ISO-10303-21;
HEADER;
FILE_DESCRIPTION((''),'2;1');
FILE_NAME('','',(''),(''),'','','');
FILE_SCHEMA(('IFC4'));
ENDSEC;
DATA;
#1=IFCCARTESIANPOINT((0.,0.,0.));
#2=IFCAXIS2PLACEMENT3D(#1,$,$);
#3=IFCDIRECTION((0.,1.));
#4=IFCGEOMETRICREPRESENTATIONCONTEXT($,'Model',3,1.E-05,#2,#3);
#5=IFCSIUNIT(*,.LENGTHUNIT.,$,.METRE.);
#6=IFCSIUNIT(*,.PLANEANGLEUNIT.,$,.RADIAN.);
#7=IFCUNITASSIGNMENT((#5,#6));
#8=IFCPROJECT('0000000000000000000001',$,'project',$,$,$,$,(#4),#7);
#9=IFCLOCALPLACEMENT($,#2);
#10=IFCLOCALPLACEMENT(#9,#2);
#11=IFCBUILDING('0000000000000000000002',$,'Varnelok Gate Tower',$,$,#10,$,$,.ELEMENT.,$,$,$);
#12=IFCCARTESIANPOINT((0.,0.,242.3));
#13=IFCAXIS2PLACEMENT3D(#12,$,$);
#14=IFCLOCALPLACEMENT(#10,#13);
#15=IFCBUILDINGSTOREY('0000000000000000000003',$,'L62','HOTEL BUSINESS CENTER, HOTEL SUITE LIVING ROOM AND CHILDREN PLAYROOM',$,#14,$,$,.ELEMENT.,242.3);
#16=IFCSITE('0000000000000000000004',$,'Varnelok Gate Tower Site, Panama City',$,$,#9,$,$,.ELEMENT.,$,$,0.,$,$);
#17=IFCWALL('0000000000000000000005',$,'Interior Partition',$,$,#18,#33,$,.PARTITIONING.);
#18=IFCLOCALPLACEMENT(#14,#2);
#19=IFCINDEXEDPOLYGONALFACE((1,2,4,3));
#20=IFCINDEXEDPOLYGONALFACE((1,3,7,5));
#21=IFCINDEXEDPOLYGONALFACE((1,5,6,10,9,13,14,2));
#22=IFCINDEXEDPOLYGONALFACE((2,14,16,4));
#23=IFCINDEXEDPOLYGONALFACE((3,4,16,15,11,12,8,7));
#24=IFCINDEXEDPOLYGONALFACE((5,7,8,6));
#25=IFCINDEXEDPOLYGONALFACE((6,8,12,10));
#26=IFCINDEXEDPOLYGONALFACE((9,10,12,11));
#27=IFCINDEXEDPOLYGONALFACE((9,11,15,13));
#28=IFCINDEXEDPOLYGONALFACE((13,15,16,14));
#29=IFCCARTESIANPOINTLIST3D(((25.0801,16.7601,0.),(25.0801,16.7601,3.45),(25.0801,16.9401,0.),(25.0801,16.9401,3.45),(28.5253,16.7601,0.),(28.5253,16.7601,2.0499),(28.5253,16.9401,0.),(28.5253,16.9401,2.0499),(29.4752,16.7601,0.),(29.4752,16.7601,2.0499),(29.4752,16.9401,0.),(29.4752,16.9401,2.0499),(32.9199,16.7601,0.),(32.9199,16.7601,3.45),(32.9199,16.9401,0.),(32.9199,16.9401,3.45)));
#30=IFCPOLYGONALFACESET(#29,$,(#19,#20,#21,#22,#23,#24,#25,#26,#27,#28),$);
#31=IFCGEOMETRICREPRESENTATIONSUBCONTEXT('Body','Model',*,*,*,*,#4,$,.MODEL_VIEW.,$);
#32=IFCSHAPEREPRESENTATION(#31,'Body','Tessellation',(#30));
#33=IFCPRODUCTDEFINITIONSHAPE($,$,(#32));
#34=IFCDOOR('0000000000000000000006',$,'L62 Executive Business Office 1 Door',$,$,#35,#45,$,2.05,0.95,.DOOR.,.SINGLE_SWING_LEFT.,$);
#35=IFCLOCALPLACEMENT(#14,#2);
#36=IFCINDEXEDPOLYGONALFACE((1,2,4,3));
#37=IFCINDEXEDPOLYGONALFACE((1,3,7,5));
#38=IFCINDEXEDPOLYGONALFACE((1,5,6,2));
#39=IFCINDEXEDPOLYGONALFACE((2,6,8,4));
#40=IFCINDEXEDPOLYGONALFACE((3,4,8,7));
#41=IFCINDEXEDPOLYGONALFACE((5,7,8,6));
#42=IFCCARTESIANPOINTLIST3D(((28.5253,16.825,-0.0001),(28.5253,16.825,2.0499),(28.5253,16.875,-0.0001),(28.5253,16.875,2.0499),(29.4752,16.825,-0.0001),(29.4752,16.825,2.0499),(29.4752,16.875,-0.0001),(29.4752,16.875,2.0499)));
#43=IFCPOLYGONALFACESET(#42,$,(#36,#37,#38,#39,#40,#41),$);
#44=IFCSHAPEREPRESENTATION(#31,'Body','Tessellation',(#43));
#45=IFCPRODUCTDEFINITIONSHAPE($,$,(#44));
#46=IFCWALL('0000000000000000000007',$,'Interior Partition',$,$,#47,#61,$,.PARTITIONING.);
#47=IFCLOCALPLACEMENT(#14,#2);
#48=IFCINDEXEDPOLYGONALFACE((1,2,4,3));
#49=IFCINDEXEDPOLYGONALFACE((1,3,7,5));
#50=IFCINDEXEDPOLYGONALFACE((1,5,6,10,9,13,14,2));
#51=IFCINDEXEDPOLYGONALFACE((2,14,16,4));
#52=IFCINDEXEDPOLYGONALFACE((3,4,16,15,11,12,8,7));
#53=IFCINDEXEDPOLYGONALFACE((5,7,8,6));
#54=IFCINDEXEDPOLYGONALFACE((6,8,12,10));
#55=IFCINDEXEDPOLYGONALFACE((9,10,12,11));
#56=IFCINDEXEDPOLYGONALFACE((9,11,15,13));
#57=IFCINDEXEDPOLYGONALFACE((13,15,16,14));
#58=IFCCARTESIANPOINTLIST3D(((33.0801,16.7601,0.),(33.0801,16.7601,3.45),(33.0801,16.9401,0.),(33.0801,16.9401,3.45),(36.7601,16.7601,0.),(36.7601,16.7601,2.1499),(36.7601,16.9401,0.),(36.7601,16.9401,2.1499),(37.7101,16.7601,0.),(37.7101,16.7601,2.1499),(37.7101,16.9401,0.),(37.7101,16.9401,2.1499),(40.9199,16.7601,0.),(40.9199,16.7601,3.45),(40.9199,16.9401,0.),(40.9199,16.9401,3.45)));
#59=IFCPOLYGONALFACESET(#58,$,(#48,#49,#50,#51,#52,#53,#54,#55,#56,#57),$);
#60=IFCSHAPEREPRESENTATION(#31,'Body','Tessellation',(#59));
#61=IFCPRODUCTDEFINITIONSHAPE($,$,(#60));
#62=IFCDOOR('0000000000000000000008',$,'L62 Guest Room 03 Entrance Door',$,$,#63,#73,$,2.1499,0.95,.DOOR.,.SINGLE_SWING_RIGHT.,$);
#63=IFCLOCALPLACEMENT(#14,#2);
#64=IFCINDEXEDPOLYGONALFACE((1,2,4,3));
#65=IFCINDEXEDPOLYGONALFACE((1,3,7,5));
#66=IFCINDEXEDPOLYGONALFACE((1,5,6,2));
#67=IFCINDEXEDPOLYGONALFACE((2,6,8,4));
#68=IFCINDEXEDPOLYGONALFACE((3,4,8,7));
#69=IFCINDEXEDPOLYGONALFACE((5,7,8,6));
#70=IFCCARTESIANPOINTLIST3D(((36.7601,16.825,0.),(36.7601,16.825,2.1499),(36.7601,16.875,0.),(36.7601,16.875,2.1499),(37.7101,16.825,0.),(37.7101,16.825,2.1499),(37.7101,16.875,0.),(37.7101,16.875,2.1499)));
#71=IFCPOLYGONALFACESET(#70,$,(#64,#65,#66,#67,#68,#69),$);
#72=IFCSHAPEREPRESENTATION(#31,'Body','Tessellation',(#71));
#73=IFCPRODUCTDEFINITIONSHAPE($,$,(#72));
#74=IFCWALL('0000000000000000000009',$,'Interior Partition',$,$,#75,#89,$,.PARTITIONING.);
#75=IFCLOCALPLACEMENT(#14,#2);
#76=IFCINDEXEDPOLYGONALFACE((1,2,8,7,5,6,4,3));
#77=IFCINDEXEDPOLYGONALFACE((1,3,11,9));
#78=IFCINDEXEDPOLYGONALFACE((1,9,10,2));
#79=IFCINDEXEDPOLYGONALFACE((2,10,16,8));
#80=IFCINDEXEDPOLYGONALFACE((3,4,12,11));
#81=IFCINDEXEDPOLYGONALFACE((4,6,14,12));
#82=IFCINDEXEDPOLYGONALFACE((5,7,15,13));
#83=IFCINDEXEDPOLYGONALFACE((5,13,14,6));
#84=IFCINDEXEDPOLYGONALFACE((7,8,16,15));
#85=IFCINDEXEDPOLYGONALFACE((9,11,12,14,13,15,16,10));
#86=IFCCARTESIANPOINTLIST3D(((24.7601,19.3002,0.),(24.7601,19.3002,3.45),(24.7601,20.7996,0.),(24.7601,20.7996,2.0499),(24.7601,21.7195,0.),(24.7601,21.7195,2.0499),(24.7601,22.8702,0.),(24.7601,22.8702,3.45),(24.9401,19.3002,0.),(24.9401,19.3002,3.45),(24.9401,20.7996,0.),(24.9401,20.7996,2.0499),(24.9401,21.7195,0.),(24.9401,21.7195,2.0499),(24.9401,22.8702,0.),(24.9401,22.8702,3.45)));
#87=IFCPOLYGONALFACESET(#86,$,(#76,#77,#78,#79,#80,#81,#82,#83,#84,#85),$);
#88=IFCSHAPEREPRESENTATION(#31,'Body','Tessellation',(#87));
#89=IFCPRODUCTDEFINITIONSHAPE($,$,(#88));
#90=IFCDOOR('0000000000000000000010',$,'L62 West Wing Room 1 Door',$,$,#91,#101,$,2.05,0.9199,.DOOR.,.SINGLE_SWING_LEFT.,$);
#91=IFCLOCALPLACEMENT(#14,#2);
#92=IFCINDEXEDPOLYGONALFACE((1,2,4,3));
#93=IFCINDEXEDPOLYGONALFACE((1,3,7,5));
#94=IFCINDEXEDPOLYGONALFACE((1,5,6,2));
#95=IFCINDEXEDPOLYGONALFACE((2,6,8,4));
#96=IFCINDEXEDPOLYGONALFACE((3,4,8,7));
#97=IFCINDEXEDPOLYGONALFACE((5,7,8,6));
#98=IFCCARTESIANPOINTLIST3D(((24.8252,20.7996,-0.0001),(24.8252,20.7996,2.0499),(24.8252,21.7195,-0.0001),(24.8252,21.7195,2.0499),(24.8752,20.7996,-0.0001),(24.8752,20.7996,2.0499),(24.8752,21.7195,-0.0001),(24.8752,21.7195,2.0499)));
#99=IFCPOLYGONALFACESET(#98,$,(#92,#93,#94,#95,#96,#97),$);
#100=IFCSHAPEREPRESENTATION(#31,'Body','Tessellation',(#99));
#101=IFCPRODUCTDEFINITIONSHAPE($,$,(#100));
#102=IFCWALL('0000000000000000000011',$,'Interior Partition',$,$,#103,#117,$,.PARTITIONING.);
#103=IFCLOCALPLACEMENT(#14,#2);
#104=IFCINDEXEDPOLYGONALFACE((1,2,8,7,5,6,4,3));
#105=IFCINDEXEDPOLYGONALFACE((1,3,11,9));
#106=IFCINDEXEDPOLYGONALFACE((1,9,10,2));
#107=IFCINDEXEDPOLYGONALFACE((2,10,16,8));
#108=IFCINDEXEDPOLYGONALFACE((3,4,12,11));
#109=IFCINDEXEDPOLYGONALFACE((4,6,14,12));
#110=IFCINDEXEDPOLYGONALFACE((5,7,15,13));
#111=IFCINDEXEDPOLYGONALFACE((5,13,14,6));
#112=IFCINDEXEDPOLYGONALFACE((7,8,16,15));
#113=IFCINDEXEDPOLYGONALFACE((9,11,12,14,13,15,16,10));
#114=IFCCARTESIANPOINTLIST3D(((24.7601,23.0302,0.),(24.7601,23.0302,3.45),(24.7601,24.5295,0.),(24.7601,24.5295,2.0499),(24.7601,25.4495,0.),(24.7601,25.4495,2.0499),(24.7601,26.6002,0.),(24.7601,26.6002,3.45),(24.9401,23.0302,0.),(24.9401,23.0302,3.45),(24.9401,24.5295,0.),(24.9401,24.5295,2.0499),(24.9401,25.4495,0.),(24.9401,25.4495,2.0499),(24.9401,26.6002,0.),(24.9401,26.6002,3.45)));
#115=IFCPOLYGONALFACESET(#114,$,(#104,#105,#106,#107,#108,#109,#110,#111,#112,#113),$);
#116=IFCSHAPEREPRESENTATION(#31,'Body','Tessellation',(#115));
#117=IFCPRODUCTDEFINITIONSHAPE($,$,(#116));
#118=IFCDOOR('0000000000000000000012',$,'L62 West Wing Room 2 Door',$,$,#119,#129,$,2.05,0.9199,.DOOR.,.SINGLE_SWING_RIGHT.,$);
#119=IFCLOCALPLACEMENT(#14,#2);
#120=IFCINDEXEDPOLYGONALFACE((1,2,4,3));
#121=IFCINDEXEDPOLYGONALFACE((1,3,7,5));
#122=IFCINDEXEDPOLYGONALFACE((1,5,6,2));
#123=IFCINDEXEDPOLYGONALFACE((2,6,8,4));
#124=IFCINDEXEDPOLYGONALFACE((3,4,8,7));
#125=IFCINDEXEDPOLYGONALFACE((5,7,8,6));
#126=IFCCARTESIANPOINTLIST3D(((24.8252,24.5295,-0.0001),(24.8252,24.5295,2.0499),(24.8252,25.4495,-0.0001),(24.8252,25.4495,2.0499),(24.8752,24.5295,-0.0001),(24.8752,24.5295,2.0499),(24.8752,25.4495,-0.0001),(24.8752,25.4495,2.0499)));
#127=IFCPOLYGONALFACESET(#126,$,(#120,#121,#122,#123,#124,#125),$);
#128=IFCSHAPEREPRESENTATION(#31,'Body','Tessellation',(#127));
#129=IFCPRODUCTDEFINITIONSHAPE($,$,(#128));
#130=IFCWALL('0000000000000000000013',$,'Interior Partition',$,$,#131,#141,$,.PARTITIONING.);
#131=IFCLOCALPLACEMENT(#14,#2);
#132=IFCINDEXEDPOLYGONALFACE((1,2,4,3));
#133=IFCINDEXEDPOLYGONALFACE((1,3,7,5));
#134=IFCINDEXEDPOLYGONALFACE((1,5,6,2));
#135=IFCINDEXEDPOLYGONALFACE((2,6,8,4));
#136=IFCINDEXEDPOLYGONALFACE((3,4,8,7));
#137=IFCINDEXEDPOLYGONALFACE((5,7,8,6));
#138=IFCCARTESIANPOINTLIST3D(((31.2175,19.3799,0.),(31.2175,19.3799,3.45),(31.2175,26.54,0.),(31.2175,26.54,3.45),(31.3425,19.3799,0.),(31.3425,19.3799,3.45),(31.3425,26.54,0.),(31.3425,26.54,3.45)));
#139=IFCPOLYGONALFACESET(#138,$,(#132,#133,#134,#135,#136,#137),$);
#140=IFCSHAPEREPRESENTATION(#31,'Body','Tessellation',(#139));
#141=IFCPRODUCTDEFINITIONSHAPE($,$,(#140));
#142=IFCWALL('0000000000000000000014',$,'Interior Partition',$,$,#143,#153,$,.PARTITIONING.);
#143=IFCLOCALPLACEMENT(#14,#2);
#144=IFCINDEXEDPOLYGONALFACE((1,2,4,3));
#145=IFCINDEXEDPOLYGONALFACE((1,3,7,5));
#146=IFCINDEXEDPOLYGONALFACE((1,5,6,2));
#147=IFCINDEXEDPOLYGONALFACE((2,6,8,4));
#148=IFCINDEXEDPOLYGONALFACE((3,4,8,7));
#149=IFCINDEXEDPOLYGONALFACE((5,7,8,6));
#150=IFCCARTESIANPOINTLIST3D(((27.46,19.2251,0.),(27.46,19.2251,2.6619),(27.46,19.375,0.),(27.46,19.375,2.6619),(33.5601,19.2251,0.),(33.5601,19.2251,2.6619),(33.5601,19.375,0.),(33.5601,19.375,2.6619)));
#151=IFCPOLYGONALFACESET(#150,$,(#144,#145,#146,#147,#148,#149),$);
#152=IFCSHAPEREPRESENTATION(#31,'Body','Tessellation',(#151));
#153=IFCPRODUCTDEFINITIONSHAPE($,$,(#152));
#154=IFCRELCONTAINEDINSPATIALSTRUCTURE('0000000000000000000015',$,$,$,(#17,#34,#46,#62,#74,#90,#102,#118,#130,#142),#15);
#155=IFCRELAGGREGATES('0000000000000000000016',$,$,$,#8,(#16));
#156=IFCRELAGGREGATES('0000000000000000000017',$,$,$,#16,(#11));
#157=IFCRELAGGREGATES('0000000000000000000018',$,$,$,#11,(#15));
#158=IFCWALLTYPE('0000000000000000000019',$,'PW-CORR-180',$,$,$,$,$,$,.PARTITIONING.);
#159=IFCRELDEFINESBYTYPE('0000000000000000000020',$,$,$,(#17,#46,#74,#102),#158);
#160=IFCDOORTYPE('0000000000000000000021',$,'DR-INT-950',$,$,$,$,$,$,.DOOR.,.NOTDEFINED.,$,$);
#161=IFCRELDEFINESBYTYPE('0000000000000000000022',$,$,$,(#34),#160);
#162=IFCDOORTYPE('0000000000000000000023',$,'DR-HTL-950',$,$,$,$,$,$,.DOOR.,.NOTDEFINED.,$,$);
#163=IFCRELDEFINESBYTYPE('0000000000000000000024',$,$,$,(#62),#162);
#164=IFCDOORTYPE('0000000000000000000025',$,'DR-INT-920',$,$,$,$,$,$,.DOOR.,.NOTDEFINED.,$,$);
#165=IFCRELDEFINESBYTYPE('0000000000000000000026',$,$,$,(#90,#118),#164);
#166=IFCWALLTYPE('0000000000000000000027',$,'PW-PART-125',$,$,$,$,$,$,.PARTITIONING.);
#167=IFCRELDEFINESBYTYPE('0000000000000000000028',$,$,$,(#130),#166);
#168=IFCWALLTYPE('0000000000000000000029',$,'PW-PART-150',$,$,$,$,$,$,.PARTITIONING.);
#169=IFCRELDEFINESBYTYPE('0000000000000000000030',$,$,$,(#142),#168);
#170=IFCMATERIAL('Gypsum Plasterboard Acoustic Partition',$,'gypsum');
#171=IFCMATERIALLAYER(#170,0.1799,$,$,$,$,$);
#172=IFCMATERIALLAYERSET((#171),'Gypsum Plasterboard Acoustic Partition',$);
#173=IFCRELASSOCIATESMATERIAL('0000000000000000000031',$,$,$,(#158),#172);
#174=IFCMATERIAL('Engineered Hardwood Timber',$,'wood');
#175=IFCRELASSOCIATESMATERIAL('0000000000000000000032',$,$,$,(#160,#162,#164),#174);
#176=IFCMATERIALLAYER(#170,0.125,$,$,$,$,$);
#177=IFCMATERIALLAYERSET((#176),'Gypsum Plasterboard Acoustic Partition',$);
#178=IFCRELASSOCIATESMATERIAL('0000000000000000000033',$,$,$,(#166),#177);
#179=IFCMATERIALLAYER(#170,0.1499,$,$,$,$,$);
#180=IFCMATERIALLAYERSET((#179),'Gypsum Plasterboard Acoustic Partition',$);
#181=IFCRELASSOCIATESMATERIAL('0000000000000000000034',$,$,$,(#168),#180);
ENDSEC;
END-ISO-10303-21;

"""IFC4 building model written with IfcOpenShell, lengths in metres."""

from ifc_helpers import new_model, si_unit, direction, frame, frame_2d, origin, place, context, subcontext, project, spatial, rectangle, extrude, material, layer, layer_set, type_object, element, fill, save


model = new_model("IFC4")

# Units and contexts
model_context = context("Model", 3, precision=1e-05, world=origin(), true_north=direction((0.0, 1.0)))
body_context = subcontext(model_context, "Body", "Model", "MODEL_VIEW")
ifc_project = project(units=[si_unit("LENGTHUNIT", "METRE"), si_unit("PLANEANGLEUNIT", "RADIAN")], contexts=[model_context])

# Site, building, storey
site_placement = place(None, origin())
site = spatial("IfcSite", under=ifc_project, at=site_placement, Name="Varnelok Gate Tower Site, Panama City", CompositionType="ELEMENT", RefElevation=0.0)
building_placement = place(site_placement, origin())
building = spatial("IfcBuilding", under=site, at=building_placement, Name="Varnelok Gate Tower", CompositionType="ELEMENT")
storey_placement = place(building_placement, frame((0.0, 0.0, 242.3)))
storey = spatial("IfcBuildingStorey", under=building, at=storey_placement, Name="L62", Description="HOTEL BUSINESS CENTER, HOTEL SUITE LIVING ROOM AND CHILDREN PLAYROOM", CompositionType="ELEMENT", Elevation=242.3)

# Walls, openings, doors
ifc_material_1 = material(Name="Gypsum Plasterboard Acoustic Partition", Category="gypsum")
ifc_layer_1 = layer(ifc_material_1, 0.1799)
ifc_layer_set_1 = layer_set([ifc_layer_1], Name="Gypsum Plasterboard Acoustic Partition")
wall_type_1 = type_object("IfcWallType", Name="PW-CORR-180", PredefinedType="PARTITIONING", material=ifc_layer_set_1)
wall_1_placement = place(storey_placement, frame((25.0801, 16.8501, 0.0), z_axis=(0.0, 0.0, 1.0), x_axis=(1.0, 0.0, 0.0)))
wall_1 = element("IfcWall", 1, at=wall_1_placement, inside=storey, type_object=wall_type_1, Name="Interior Partition", PredefinedType="PARTITIONING", context=body_context, shape_type="SweptSolid", body=[
    extrude(rectangle(XDim=7.8398, YDim=0.1799, at=frame_2d((3.9199, 0.0))), origin(), (0.0, 0.0, 1.0), 3.45),
])
opening_1_placement = place(wall_1_placement, frame((3.4451, 0.0, 0.0)))
opening_1 = element("IfcOpeningElement", 2, at=opening_1_placement, cuts=wall_1, PredefinedType="OPENING", context=body_context, shape_type="SweptSolid", body=[
    extrude(rectangle(XDim=0.95, YDim=2.05, at=frame_2d((0.4751, 1.0249))), frame((0.0, 0.0999, 0.0), z_axis=(0.0, -1.0, 0.0), x_axis=(1.0, 0.0, 0.0)), (0.0, 0.0, 1.0), 0.2),
])
ifc_material_2 = material(Name="Engineered Hardwood Timber", Category="wood")
door_type_1 = type_object("IfcDoorType", Name="DR-INT-950", OperationType="NOTDEFINED", PredefinedType="DOOR", material=ifc_material_2)
door_1_placement = place(opening_1_placement, origin())
door_1 = element("IfcDoor", 3, at=door_1_placement, inside=storey, type_object=door_type_1, Name="L62 Executive Business Office 1 Door", OperationType="SINGLE_SWING_LEFT", OverallHeight=2.05, OverallWidth=0.95, PredefinedType="DOOR", context=body_context, shape_type="SweptSolid", body=[
    extrude(rectangle(XDim=0.95, YDim=2.05, at=frame_2d((0.4751, 1.0249))), frame((0.0, 0.0249, 0.0), z_axis=(0.0, -1.0, 0.0), x_axis=(1.0, 0.0, 0.0)), (0.0, 0.0, 1.0), 0.05),
])
fill(opening_1, door_1)
wall_2_placement = place(storey_placement, frame((33.0801, 16.8501, 0.0), z_axis=(0.0, 0.0, 1.0), x_axis=(1.0, 0.0, 0.0)))
wall_2 = element("IfcWall", 4, at=wall_2_placement, inside=storey, type_object=wall_type_1, Name="Interior Partition", PredefinedType="PARTITIONING", context=body_context, shape_type="SweptSolid", body=[
    extrude(rectangle(XDim=7.8398, YDim=0.1799, at=frame_2d((3.9199, 0.0))), origin(), (0.0, 0.0, 1.0), 3.45),
])
opening_2_placement = place(wall_2_placement, frame((3.6799, 0.0, 0.0)))
opening_2 = element("IfcOpeningElement", 5, at=opening_2_placement, cuts=wall_2, PredefinedType="OPENING", context=body_context, shape_type="SweptSolid", body=[
    extrude(rectangle(XDim=0.95, YDim=2.1499, at=frame_2d((0.4751, 1.075))), frame((0.0, 0.0999, 0.0), z_axis=(0.0, -1.0, 0.0), x_axis=(1.0, 0.0, 0.0)), (0.0, 0.0, 1.0), 0.2),
])
door_type_2 = type_object("IfcDoorType", Name="DR-HTL-950", OperationType="NOTDEFINED", PredefinedType="DOOR", material=ifc_material_2)
door_2_placement = place(opening_2_placement, origin())
door_2 = element("IfcDoor", 6, at=door_2_placement, inside=storey, type_object=door_type_2, Name="L62 Guest Room 03 Entrance Door", OperationType="SINGLE_SWING_RIGHT", OverallHeight=2.1499, OverallWidth=0.95, PredefinedType="DOOR", context=body_context, shape_type="SweptSolid", body=[
    extrude(rectangle(XDim=0.95, YDim=2.1499, at=frame_2d((0.4751, 1.075))), frame((0.0, 0.0249, 0.0), z_axis=(0.0, -1.0, 0.0), x_axis=(1.0, 0.0, 0.0)), (0.0, 0.0, 1.0), 0.05),
])
fill(opening_2, door_2)
wall_3_placement = place(storey_placement, frame((24.8501, 19.3, 0.0), z_axis=(0.0, 0.0, 1.0), x_axis=(0.0, 1.0, 0.0)))
wall_3 = element("IfcWall", 7, at=wall_3_placement, inside=storey, type_object=wall_type_1, Name="Interior Partition", PredefinedType="PARTITIONING", context=body_context, shape_type="SweptSolid", body=[
    extrude(rectangle(XDim=3.5701, YDim=0.1799, at=frame_2d((1.7852, 0.0))), origin(), (0.0, 0.0, 1.0), 3.45),
])
opening_3_placement = place(wall_3_placement, frame((1.4995, 0.0, 0.0)))
opening_3 = element("IfcOpeningElement", 8, at=opening_3_placement, cuts=wall_3, PredefinedType="OPENING", context=body_context, shape_type="SweptSolid", body=[
    extrude(rectangle(XDim=0.9199, YDim=2.05, at=frame_2d((0.46, 1.0249))), frame((0.0, 0.0999, 0.0), z_axis=(0.0, -1.0, 0.0), x_axis=(1.0, 0.0, 0.0)), (0.0, 0.0, 1.0), 0.2),
])
door_type_3 = type_object("IfcDoorType", Name="DR-INT-920", OperationType="NOTDEFINED", PredefinedType="DOOR", material=ifc_material_2)
door_3_placement = place(opening_3_placement, origin())
door_3 = element("IfcDoor", 9, at=door_3_placement, inside=storey, type_object=door_type_3, Name="L62 West Wing Room 1 Door", OperationType="SINGLE_SWING_LEFT", OverallHeight=2.05, OverallWidth=0.9199, PredefinedType="DOOR", context=body_context, shape_type="SweptSolid", body=[
    extrude(rectangle(XDim=0.9199, YDim=2.05, at=frame_2d((0.46, 1.0249))), frame((0.0, 0.0249, 0.0), z_axis=(0.0, -1.0, 0.0), x_axis=(1.0, 0.0, 0.0)), (0.0, 0.0, 1.0), 0.05),
])
fill(opening_3, door_3)
wall_4_placement = place(storey_placement, frame((24.8501, 23.03, 0.0), z_axis=(0.0, 0.0, 1.0), x_axis=(0.0, 1.0, 0.0)))
wall_4 = element("IfcWall", 10, at=wall_4_placement, inside=storey, type_object=wall_type_1, Name="Interior Partition", PredefinedType="PARTITIONING", context=body_context, shape_type="SweptSolid", body=[
    extrude(rectangle(XDim=3.5701, YDim=0.1799, at=frame_2d((1.7852, 0.0))), origin(), (0.0, 0.0, 1.0), 3.45),
])
opening_4_placement = place(wall_4_placement, frame((1.4995, 0.0, 0.0)))
opening_4 = element("IfcOpeningElement", 11, at=opening_4_placement, cuts=wall_4, PredefinedType="OPENING", context=body_context, shape_type="SweptSolid", body=[
    extrude(rectangle(XDim=0.9199, YDim=2.05, at=frame_2d((0.46, 1.0249))), frame((0.0, 0.0999, 0.0), z_axis=(0.0, -1.0, 0.0), x_axis=(1.0, 0.0, 0.0)), (0.0, 0.0, 1.0), 0.2),
])
door_4_placement = place(opening_4_placement, origin())
door_4 = element("IfcDoor", 12, at=door_4_placement, inside=storey, type_object=door_type_3, Name="L62 West Wing Room 2 Door", OperationType="SINGLE_SWING_RIGHT", OverallHeight=2.05, OverallWidth=0.9199, PredefinedType="DOOR", context=body_context, shape_type="SweptSolid", body=[
    extrude(rectangle(XDim=0.9199, YDim=2.05, at=frame_2d((0.46, 1.0249))), frame((0.0, 0.0249, 0.0), z_axis=(0.0, -1.0, 0.0), x_axis=(1.0, 0.0, 0.0)), (0.0, 0.0, 1.0), 0.05),
])
fill(opening_4, door_4)

# Walls
ifc_layer_2 = layer(ifc_material_1, 0.125)
ifc_layer_set_2 = layer_set([ifc_layer_2], Name="Gypsum Plasterboard Acoustic Partition")
wall_type_2 = type_object("IfcWallType", Name="PW-PART-125", PredefinedType="PARTITIONING", material=ifc_layer_set_2)
wall_5_placement = place(storey_placement, frame((31.28, 19.3799, 0.0), z_axis=(0.0, 0.0, 1.0), x_axis=(0.0, 1.0, 0.0)))
element("IfcWall", 13, at=wall_5_placement, inside=storey, type_object=wall_type_2, Name="Interior Partition", PredefinedType="PARTITIONING", context=body_context, shape_type="SweptSolid", body=[
    extrude(rectangle(XDim=7.1602, YDim=0.125, at=frame_2d((3.5801, 0.0))), origin(), (0.0, 0.0, 1.0), 3.45),
])
ifc_layer_3 = layer(ifc_material_1, 0.1499)
ifc_layer_set_3 = layer_set([ifc_layer_3], Name="Gypsum Plasterboard Acoustic Partition")
wall_type_3 = type_object("IfcWallType", Name="PW-PART-150", PredefinedType="PARTITIONING", material=ifc_layer_set_3)
wall_6_placement = place(storey_placement, frame((27.46, 19.3, 0.0), z_axis=(0.0, 0.0, 1.0), x_axis=(1.0, 0.0, 0.0)))
element("IfcWall", 14, at=wall_6_placement, inside=storey, type_object=wall_type_3, Name="Interior Partition", PredefinedType="PARTITIONING", context=body_context, shape_type="SweptSolid", body=[
    extrude(rectangle(XDim=6.1001, YDim=0.1499, at=frame_2d((3.05, 0.0))), origin(), (0.0, 0.0, 1.0), 2.6619),
])

save(model, "model.ifc")
